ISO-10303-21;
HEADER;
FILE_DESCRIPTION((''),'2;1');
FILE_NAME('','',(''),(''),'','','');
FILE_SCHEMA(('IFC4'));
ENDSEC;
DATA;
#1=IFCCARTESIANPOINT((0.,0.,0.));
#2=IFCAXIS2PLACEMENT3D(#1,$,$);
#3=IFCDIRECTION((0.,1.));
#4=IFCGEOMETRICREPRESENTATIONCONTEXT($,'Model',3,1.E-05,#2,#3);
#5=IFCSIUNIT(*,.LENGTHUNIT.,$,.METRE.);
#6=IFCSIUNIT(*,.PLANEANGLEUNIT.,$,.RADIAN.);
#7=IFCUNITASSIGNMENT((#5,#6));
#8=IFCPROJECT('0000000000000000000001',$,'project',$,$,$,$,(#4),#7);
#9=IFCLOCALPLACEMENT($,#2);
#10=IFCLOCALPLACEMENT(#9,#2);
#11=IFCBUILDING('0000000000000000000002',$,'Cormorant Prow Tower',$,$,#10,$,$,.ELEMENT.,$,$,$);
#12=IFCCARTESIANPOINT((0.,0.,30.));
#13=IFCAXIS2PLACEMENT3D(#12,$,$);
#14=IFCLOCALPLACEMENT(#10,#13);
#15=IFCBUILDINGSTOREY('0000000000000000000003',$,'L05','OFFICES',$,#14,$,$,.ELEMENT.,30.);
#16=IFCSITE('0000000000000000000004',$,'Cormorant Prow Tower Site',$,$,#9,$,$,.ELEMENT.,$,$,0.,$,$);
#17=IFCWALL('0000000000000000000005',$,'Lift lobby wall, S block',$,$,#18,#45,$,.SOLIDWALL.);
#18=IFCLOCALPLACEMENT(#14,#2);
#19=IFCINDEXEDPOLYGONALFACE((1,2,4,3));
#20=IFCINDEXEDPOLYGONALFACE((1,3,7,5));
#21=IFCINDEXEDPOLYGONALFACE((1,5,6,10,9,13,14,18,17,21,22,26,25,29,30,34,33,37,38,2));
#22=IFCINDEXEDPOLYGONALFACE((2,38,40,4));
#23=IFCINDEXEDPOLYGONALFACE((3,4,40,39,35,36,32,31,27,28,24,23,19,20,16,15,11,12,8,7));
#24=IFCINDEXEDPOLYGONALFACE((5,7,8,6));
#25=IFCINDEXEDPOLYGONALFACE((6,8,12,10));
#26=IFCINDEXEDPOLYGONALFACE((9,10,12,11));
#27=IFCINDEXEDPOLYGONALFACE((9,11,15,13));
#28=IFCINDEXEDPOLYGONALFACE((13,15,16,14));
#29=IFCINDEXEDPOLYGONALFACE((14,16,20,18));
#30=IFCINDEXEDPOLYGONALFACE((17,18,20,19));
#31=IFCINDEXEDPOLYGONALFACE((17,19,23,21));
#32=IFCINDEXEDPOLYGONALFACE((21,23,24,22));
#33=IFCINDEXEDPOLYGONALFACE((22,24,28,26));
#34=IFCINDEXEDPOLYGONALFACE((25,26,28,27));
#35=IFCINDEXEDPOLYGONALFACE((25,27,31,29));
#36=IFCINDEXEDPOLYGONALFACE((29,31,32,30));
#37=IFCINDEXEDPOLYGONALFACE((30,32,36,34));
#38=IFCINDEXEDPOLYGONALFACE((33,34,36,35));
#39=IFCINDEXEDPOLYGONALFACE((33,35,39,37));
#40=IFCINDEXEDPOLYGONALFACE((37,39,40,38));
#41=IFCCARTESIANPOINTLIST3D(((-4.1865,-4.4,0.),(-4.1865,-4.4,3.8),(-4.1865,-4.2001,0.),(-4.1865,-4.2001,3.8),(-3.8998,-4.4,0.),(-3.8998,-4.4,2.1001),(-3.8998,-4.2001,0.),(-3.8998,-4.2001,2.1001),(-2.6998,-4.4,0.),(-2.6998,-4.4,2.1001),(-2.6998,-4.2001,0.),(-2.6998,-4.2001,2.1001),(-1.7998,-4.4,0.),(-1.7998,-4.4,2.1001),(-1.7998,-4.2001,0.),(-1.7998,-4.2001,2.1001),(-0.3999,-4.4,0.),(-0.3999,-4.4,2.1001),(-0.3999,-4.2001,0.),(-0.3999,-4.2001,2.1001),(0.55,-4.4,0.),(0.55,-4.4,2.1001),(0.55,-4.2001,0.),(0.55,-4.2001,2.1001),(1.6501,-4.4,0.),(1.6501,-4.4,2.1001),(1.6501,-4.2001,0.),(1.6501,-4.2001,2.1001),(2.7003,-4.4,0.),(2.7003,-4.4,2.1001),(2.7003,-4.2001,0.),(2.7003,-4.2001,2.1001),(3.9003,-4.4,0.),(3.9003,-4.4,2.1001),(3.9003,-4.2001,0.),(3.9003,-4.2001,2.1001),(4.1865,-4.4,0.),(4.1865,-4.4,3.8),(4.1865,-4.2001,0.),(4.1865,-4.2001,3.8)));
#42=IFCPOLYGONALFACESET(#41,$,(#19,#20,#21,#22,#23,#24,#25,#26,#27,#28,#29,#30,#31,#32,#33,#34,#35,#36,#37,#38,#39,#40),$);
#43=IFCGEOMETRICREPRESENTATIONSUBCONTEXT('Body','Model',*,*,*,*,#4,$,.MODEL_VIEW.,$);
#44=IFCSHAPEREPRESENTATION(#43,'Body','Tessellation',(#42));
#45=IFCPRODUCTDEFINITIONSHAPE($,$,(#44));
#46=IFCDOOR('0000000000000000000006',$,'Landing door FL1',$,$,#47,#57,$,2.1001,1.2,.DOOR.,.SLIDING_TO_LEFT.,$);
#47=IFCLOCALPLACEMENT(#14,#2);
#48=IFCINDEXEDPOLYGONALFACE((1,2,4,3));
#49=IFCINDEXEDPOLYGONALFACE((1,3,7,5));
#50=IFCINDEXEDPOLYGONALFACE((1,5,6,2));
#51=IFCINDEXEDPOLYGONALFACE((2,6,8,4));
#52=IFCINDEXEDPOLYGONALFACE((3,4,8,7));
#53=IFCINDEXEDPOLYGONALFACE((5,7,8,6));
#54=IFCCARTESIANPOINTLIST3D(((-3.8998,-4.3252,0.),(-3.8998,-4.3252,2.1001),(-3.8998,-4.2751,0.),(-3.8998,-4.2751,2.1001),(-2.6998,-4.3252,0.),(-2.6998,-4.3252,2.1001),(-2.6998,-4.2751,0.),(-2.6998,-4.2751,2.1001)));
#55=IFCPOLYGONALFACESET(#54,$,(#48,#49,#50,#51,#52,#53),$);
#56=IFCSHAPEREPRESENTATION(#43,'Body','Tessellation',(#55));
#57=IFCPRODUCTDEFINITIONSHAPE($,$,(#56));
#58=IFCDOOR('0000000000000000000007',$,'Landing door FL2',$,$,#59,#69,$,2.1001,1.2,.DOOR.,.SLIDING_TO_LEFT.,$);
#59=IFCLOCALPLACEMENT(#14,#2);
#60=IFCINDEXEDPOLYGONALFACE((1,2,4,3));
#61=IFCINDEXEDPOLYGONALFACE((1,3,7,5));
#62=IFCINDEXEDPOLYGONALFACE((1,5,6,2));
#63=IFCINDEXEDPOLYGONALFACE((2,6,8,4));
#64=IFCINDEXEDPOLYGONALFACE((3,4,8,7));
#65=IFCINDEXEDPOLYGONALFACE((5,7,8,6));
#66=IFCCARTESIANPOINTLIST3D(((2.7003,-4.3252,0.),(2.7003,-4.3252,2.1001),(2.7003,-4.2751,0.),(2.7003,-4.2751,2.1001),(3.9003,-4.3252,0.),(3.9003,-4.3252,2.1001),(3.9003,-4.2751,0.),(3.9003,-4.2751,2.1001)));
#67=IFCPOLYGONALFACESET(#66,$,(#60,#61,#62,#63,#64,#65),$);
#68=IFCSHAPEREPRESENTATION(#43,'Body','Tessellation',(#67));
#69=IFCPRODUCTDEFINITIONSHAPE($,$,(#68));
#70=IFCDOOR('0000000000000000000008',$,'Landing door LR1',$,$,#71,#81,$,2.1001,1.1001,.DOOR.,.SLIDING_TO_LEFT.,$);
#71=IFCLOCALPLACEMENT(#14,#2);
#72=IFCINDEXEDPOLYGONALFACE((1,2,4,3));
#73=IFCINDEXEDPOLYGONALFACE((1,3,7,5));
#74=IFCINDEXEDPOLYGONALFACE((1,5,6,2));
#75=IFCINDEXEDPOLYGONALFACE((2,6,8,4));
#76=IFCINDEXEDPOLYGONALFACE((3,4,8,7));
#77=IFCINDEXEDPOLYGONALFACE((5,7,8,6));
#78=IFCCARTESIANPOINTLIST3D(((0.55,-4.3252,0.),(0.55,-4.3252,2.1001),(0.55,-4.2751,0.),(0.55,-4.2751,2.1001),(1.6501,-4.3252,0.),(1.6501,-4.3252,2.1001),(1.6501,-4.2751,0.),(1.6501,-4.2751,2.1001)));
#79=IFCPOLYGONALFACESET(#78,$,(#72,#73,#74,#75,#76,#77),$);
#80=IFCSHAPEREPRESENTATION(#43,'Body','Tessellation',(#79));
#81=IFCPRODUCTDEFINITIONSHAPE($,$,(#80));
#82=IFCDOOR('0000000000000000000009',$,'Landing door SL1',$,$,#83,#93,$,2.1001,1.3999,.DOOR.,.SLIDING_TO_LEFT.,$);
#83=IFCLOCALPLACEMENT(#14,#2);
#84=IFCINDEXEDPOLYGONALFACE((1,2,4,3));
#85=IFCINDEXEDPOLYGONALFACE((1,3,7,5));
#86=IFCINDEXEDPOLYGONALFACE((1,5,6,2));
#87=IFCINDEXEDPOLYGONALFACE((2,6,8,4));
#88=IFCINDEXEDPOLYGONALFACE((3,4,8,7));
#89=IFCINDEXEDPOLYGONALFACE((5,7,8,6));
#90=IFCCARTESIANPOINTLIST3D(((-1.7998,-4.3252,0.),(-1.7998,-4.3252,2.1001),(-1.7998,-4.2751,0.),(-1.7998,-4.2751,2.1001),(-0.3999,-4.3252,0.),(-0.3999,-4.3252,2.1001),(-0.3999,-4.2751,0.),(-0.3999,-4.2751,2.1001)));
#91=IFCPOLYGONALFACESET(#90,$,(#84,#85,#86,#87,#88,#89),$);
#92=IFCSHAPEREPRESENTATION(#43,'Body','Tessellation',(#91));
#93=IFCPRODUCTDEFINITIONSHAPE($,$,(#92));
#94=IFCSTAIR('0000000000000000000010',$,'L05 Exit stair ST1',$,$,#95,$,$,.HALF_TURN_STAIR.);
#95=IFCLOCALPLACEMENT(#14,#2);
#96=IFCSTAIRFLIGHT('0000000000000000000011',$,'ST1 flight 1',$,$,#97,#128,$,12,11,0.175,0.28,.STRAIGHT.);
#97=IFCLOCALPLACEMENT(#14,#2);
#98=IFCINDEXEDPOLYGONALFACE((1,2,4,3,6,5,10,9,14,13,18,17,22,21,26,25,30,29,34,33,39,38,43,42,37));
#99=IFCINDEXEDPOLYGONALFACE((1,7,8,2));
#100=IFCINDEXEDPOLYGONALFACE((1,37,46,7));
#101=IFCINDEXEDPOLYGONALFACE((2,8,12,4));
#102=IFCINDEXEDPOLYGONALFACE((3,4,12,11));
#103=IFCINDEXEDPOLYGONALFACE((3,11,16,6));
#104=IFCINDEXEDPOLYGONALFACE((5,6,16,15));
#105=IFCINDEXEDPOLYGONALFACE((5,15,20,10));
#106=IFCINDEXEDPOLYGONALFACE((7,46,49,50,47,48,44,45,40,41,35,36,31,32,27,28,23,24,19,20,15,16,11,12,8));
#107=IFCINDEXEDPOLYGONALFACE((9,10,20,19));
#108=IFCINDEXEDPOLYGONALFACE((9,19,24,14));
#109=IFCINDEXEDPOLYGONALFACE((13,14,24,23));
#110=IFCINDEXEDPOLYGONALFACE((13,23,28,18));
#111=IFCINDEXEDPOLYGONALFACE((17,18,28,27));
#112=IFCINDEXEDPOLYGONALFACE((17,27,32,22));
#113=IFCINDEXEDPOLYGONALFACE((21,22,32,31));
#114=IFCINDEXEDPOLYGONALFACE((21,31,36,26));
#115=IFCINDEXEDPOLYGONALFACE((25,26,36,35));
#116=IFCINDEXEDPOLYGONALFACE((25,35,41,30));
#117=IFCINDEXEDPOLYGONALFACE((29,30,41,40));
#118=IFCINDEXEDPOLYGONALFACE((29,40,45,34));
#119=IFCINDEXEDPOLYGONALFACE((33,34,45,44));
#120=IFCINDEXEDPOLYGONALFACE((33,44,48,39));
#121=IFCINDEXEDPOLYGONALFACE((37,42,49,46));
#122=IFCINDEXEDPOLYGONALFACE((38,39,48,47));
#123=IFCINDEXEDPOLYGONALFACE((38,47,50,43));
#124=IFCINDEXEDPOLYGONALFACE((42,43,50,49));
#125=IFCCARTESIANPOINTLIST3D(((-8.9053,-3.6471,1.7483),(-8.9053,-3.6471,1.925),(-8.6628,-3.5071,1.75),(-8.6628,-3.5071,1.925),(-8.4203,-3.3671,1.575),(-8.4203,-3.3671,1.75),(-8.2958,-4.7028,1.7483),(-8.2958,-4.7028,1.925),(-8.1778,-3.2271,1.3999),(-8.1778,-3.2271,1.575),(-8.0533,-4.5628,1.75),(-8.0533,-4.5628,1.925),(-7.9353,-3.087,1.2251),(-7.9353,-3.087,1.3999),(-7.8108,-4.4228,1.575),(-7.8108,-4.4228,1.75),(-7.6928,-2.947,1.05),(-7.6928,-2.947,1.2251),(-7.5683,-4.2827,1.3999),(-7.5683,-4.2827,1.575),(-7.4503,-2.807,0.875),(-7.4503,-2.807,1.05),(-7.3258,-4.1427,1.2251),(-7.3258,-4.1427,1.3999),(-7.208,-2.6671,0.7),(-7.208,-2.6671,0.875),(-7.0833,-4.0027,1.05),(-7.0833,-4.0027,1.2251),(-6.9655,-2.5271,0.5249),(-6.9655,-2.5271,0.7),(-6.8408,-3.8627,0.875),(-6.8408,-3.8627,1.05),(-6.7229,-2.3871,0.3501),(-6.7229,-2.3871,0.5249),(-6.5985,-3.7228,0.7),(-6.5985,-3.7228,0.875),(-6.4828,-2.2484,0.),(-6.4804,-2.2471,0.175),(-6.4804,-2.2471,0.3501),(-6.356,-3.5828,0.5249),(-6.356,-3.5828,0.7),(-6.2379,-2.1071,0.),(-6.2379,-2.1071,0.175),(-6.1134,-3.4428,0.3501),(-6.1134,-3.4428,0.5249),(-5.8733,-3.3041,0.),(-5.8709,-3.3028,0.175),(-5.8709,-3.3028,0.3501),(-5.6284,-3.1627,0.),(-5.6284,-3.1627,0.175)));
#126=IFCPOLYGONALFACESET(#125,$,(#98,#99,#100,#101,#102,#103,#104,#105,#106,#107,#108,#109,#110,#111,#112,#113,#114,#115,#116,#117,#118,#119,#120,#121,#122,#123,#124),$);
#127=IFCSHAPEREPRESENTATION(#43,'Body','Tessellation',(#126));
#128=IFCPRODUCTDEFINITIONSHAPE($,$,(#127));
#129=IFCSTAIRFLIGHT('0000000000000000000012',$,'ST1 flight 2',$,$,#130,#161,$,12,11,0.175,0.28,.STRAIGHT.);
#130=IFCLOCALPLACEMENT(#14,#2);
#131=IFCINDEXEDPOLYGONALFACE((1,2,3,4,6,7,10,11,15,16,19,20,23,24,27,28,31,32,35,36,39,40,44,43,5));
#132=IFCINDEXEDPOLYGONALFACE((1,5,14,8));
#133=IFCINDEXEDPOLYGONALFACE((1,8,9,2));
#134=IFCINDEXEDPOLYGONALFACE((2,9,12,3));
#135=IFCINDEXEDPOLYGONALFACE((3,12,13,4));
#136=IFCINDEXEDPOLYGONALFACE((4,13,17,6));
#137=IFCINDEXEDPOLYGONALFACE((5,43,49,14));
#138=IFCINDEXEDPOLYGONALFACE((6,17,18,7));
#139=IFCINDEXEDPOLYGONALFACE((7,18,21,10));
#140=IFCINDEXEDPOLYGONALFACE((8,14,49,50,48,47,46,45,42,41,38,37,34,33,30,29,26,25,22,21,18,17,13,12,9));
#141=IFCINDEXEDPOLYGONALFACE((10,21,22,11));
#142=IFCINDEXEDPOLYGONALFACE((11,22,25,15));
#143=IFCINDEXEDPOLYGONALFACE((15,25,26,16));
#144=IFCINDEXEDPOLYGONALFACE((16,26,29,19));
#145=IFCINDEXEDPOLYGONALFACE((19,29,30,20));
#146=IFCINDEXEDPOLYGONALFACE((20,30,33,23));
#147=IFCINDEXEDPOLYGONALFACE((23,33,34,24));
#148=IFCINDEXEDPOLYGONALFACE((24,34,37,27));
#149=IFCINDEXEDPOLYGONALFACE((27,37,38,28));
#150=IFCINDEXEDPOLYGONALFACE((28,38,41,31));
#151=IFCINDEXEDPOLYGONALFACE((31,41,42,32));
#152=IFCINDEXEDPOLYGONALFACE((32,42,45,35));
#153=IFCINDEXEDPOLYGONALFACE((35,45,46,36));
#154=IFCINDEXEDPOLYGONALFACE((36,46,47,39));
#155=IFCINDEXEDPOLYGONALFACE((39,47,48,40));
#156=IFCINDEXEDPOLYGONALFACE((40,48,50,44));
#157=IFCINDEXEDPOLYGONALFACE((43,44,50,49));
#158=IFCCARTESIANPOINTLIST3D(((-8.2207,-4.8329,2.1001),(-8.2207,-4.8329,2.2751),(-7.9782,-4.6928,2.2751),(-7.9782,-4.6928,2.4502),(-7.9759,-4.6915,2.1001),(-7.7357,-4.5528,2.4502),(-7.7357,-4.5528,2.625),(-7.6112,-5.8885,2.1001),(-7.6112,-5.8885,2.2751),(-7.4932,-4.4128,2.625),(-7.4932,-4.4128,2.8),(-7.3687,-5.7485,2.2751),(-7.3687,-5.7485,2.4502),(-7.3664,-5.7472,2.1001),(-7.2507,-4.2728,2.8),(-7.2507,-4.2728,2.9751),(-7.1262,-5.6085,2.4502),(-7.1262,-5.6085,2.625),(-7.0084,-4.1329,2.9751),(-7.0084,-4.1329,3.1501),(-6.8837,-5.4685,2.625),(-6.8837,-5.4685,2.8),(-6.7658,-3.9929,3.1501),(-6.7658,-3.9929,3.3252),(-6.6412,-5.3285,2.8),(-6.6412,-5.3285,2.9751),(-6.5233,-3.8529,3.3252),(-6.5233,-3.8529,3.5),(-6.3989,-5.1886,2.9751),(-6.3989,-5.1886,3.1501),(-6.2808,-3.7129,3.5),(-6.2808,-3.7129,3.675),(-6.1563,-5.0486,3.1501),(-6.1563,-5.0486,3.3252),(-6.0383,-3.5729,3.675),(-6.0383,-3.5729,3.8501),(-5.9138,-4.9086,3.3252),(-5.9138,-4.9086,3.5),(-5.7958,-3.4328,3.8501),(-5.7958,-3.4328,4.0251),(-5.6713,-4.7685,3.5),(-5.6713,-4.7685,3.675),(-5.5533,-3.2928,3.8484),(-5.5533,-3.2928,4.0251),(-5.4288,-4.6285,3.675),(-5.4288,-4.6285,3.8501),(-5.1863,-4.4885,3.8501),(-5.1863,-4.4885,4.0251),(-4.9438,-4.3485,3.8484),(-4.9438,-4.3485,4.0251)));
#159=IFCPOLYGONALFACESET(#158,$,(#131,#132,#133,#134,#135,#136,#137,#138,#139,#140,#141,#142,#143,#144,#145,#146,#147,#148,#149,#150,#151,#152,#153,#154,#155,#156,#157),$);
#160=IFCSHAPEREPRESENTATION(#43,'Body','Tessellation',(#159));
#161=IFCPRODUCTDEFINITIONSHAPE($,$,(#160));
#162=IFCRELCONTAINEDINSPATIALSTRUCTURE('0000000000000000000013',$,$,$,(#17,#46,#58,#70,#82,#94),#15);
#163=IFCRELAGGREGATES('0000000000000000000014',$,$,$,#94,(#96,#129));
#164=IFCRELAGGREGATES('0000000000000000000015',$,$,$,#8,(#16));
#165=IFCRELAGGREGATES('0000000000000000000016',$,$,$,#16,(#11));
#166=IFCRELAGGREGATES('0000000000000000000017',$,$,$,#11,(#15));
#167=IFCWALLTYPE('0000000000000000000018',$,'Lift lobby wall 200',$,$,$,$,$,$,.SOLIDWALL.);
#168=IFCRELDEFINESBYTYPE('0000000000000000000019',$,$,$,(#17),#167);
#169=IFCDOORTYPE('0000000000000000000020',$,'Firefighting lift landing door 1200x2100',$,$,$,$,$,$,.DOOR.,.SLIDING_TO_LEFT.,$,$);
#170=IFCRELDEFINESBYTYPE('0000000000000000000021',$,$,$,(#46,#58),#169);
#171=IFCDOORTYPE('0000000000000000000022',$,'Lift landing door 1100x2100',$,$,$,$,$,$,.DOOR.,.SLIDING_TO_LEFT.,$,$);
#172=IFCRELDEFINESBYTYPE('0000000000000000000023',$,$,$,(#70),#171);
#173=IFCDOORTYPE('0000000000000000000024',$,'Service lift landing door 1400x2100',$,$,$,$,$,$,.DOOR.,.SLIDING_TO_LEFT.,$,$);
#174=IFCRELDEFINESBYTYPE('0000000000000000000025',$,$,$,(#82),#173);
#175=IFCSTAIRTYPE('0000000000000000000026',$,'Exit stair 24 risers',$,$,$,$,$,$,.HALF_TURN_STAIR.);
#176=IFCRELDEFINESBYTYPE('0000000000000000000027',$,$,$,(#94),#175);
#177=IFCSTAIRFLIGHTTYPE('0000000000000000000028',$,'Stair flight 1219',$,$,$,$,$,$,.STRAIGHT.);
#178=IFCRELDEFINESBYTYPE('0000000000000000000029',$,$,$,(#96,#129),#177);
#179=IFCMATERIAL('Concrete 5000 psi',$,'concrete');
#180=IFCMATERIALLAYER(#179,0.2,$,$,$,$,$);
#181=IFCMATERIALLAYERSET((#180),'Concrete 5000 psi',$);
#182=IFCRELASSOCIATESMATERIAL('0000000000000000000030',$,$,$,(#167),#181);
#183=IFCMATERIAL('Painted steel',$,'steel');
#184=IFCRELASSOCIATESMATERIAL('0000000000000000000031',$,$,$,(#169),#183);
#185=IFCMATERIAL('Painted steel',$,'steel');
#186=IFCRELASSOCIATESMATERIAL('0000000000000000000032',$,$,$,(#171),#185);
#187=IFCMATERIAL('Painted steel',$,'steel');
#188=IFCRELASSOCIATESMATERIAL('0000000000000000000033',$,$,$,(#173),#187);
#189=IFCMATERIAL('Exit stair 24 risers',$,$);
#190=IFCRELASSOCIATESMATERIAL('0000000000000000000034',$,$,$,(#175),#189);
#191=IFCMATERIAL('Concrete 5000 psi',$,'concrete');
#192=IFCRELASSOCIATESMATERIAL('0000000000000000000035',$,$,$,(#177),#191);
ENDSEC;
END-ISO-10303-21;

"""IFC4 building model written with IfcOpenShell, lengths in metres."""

from ifc_helpers import new_model, si_unit, direction, frame, frame_2d, origin, place, context, subcontext, project, spatial, polyline, rectangle, outline, extrude, material, layer, layer_set, type_object, element, fill, aggregate, save


model = new_model("IFC4")

# Units and contexts
model_context = context("Model", 3, precision=1e-05, world=origin(), true_north=direction((0.0, 1.0)))
body_context = subcontext(model_context, "Body", "Model", "MODEL_VIEW")
ifc_project = project(units=[si_unit("LENGTHUNIT", "METRE"), si_unit("PLANEANGLEUNIT", "RADIAN")], contexts=[model_context])

# Site, building, storey
site_placement = place(None, origin())
site = spatial("IfcSite", under=ifc_project, at=site_placement, Name="Cormorant Prow Tower Site", CompositionType="ELEMENT", RefElevation=0.0)
building_placement = place(site_placement, origin())
building = spatial("IfcBuilding", under=site, at=building_placement, Name="Cormorant Prow Tower", CompositionType="ELEMENT")
storey_placement = place(building_placement, frame((0.0, 0.0, 30.0)))
storey = spatial("IfcBuildingStorey", under=building, at=storey_placement, Name="L05", Description="OFFICES", CompositionType="ELEMENT", Elevation=30.0)

# Wall, openings, doors
ifc_material_1 = material(Name="Concrete 5000 psi", Category="concrete")
ifc_layer_1 = layer(ifc_material_1, 0.2)
ifc_layer_set_1 = layer_set([ifc_layer_1], Name="Concrete 5000 psi")
wall_type_1 = type_object("IfcWallType", Name="Lift lobby wall 200", PredefinedType="SOLIDWALL", material=ifc_layer_set_1)
wall_1_placement = place(storey_placement, frame((-4.1865, -4.3, 0.0), z_axis=(0.0, 0.0, 1.0), x_axis=(1.0, 0.0, 0.0)))
wall_1 = element("IfcWall", 1, at=wall_1_placement, inside=storey, type_object=wall_type_1, Name="Lift lobby wall, S block", PredefinedType="SOLIDWALL", context=body_context, shape_type="SweptSolid", body=[
    extrude(rectangle(XDim=8.373, YDim=0.2, at=frame_2d((4.1865, 0.0))), origin(), (0.0, 0.0, 1.0), 3.8),
])
opening_1_placement = place(wall_1_placement, frame((0.2866, 0.0, 0.0)))
opening_1 = element("IfcOpeningElement", 2, at=opening_1_placement, cuts=wall_1, PredefinedType="OPENING", context=body_context, shape_type="SweptSolid", body=[
    extrude(rectangle(XDim=1.2, YDim=2.1001, at=frame_2d((0.6001, 1.05))), frame((0.0, 0.1099, 0.0), z_axis=(0.0, -1.0, 0.0), x_axis=(1.0, 0.0, 0.0)), (0.0, 0.0, 1.0), 0.22),
])
opening_2_placement = place(wall_1_placement, frame((2.3867, 0.0, 0.0)))
opening_2 = element("IfcOpeningElement", 3, at=opening_2_placement, cuts=wall_1, PredefinedType="OPENING", context=body_context, shape_type="SweptSolid", body=[
    extrude(rectangle(XDim=1.3999, YDim=2.1001, at=frame_2d((0.7, 1.05))), frame((0.0, 0.1099, 0.0), z_axis=(0.0, -1.0, 0.0), x_axis=(1.0, 0.0, 0.0)), (0.0, 0.0, 1.0), 0.22),
])
opening_3_placement = place(wall_1_placement, frame((4.7366, 0.0, 0.0)))
opening_3 = element("IfcOpeningElement", 4, at=opening_3_placement, cuts=wall_1, PredefinedType="OPENING", context=body_context, shape_type="SweptSolid", body=[
    extrude(rectangle(XDim=1.1001, YDim=2.1001, at=frame_2d((0.55, 1.05))), frame((0.0, 0.1099, 0.0), z_axis=(0.0, -1.0, 0.0), x_axis=(1.0, 0.0, 0.0)), (0.0, 0.0, 1.0), 0.22),
])
opening_4_placement = place(wall_1_placement, frame((6.8867, 0.0, 0.0)))
opening_4 = element("IfcOpeningElement", 5, at=opening_4_placement, cuts=wall_1, PredefinedType="OPENING", context=body_context, shape_type="SweptSolid", body=[
    extrude(rectangle(XDim=1.2, YDim=2.1001, at=frame_2d((0.6001, 1.05))), frame((0.0, 0.1099, 0.0), z_axis=(0.0, -1.0, 0.0), x_axis=(1.0, 0.0, 0.0)), (0.0, 0.0, 1.0), 0.22),
])
ifc_material_2 = material(Name="Painted steel", Category="steel")
door_type_1 = type_object("IfcDoorType", Name="Firefighting lift landing door 1200x2100", OperationType="SLIDING_TO_LEFT", PredefinedType="DOOR", material=ifc_material_2)
door_1_placement = place(opening_1_placement, origin())
door_1 = element("IfcDoor", 6, at=door_1_placement, inside=storey, type_object=door_type_1, Name="Landing door FL1", OperationType="SLIDING_TO_LEFT", OverallHeight=2.1001, OverallWidth=1.2, PredefinedType="DOOR", context=body_context, shape_type="SweptSolid", body=[
    extrude(rectangle(XDim=1.2, YDim=2.1001, at=frame_2d((0.6001, 1.05))), frame((0.0, 0.0249, 0.0), z_axis=(0.0, -1.0, 0.0), x_axis=(1.0, 0.0, 0.0)), (0.0, 0.0, 1.0), 0.05),
])
fill(opening_1, door_1)
door_2_placement = place(opening_4_placement, origin())
door_2 = element("IfcDoor", 7, at=door_2_placement, inside=storey, type_object=door_type_1, Name="Landing door FL2", OperationType="SLIDING_TO_LEFT", OverallHeight=2.1001, OverallWidth=1.2, PredefinedType="DOOR", context=body_context, shape_type="SweptSolid", body=[
    extrude(rectangle(XDim=1.2, YDim=2.1001, at=frame_2d((0.6001, 1.05))), frame((0.0, 0.0249, 0.0), z_axis=(0.0, -1.0, 0.0), x_axis=(1.0, 0.0, 0.0)), (0.0, 0.0, 1.0), 0.05),
])
fill(opening_4, door_2)
ifc_material_3 = material(Name="Painted steel", Category="steel")
door_type_2 = type_object("IfcDoorType", Name="Lift landing door 1100x2100", OperationType="SLIDING_TO_LEFT", PredefinedType="DOOR", material=ifc_material_3)
door_3_placement = place(opening_3_placement, origin())
door_3 = element("IfcDoor", 8, at=door_3_placement, inside=storey, type_object=door_type_2, Name="Landing door LR1", OperationType="SLIDING_TO_LEFT", OverallHeight=2.1001, OverallWidth=1.1001, PredefinedType="DOOR", context=body_context, shape_type="SweptSolid", body=[
    extrude(rectangle(XDim=1.1001, YDim=2.1001, at=frame_2d((0.55, 1.05))), frame((0.0, 0.0249, 0.0), z_axis=(0.0, -1.0, 0.0), x_axis=(1.0, 0.0, 0.0)), (0.0, 0.0, 1.0), 0.05),
])
fill(opening_3, door_3)
ifc_material_4 = material(Name="Painted steel", Category="steel")
door_type_3 = type_object("IfcDoorType", Name="Service lift landing door 1400x2100", OperationType="SLIDING_TO_LEFT", PredefinedType="DOOR", material=ifc_material_4)
door_4_placement = place(opening_2_placement, origin())
door_4 = element("IfcDoor", 9, at=door_4_placement, inside=storey, type_object=door_type_3, Name="Landing door SL1", OperationType="SLIDING_TO_LEFT", OverallHeight=2.1001, OverallWidth=1.3999, PredefinedType="DOOR", context=body_context, shape_type="SweptSolid", body=[
    extrude(rectangle(XDim=1.3999, YDim=2.1001, at=frame_2d((0.7, 1.05))), frame((0.0, 0.0249, 0.0), z_axis=(0.0, -1.0, 0.0), x_axis=(1.0, 0.0, 0.0)), (0.0, 0.0, 1.0), 0.05),
])
fill(opening_2, door_4)

# Stair, stair flights
ifc_material_5 = material(Name="Exit stair 24 risers")
stair_type = type_object("IfcStairType", Name="Exit stair 24 risers", PredefinedType="HALF_TURN_STAIR", material=ifc_material_5)
stair_placement = place(storey_placement, origin())
stair = element("IfcStair", 10, at=stair_placement, inside=storey, type_object=stair_type, Name="L05 Exit stair ST1", PredefinedType="HALF_TURN_STAIR")
ifc_material_6 = material(Name="Concrete 5000 psi", Category="concrete")
stair_flight_type = type_object("IfcStairFlightType", Name="Stair flight 1219", PredefinedType="STRAIGHT", material=ifc_material_6)
stair_flight_1_placement = place(storey_placement, frame((-5.9331, -2.635, 0.0), z_axis=(0.0, 0.0, 1.0), x_axis=(-0.866025, -0.5, 0.0)))
stair_flight_1 = element("IfcStairFlight", 11, at=stair_flight_1_placement, type_object=stair_flight_type, Name="ST1 flight 1", NumberOfRisers=12, NumberOfTreads=11, PredefinedType="STRAIGHT", RiserHeight=0.175, TreadLength=0.28, context=body_context, shape_type="SweptSolid", body=[
    extrude(outline(polyline([(0.0, 0.0), (0.0, 0.175), (0.28, 0.175), (0.28, 0.3501), (0.5601, 0.3501), (0.5601, 0.5249), (0.8401, 0.5249), (0.8401, 0.7), (1.1201, 0.7), (1.1201, 0.875), (1.3999, 0.875), (1.3999, 1.05), (1.6799, 1.05), (1.6799, 1.2251), (1.96, 1.2251), (1.96, 1.3999), (2.24, 1.3999), (2.24, 1.575), (2.52, 1.575), (2.52, 1.75), (2.8, 1.75), (2.8, 1.925), (3.0801, 1.925), (3.0801, 2.1001), (3.0801, 1.7483), (0.2827, 0.0), (0.0, 0.0)])), frame((0.0, 0.6094, 0.0), z_axis=(0.0, -1.0, 0.0), x_axis=(1.0, 0.0, 0.0)), (0.0, 0.0, 1.0), 1.219),
])
stair_flight_2_placement = place(storey_placement, frame((-7.916, -5.3606, 2.1001), z_axis=(0.0, 0.0, 1.0), x_axis=(0.866025, 0.5, 0.0)))
stair_flight_2 = element("IfcStairFlight", 12, at=stair_flight_2_placement, type_object=stair_flight_type, Name="ST1 flight 2", NumberOfRisers=12, NumberOfTreads=11, PredefinedType="STRAIGHT", RiserHeight=0.175, TreadLength=0.28, context=body_context, shape_type="SweptSolid", body=[
    extrude(outline(polyline([(0.0, 0.0), (0.0, 0.175), (0.28, 0.175), (0.28, 0.3501), (0.5601, 0.3501), (0.5601, 0.5249), (0.8401, 0.5249), (0.8401, 0.7), (1.1201, 0.7), (1.1201, 0.875), (1.3999, 0.875), (1.3999, 1.05), (1.6799, 1.05), (1.6799, 1.2251), (1.96, 1.2251), (1.96, 1.3999), (2.24, 1.3999), (2.24, 1.575), (2.52, 1.575), (2.52, 1.75), (2.8, 1.75), (2.8, 1.925), (3.0801, 1.925), (3.0801, 2.1001), (3.0801, 1.7483), (0.2827, 0.0), (0.0, 0.0)])), frame((0.0, 0.6094, 0.0), z_axis=(0.0, -1.0, 0.0), x_axis=(1.0, 0.0, 0.0)), (0.0, 0.0, 1.0), 1.219),
])
aggregate(stair, [stair_flight_1, stair_flight_2])

save(model, "model.ifc")
